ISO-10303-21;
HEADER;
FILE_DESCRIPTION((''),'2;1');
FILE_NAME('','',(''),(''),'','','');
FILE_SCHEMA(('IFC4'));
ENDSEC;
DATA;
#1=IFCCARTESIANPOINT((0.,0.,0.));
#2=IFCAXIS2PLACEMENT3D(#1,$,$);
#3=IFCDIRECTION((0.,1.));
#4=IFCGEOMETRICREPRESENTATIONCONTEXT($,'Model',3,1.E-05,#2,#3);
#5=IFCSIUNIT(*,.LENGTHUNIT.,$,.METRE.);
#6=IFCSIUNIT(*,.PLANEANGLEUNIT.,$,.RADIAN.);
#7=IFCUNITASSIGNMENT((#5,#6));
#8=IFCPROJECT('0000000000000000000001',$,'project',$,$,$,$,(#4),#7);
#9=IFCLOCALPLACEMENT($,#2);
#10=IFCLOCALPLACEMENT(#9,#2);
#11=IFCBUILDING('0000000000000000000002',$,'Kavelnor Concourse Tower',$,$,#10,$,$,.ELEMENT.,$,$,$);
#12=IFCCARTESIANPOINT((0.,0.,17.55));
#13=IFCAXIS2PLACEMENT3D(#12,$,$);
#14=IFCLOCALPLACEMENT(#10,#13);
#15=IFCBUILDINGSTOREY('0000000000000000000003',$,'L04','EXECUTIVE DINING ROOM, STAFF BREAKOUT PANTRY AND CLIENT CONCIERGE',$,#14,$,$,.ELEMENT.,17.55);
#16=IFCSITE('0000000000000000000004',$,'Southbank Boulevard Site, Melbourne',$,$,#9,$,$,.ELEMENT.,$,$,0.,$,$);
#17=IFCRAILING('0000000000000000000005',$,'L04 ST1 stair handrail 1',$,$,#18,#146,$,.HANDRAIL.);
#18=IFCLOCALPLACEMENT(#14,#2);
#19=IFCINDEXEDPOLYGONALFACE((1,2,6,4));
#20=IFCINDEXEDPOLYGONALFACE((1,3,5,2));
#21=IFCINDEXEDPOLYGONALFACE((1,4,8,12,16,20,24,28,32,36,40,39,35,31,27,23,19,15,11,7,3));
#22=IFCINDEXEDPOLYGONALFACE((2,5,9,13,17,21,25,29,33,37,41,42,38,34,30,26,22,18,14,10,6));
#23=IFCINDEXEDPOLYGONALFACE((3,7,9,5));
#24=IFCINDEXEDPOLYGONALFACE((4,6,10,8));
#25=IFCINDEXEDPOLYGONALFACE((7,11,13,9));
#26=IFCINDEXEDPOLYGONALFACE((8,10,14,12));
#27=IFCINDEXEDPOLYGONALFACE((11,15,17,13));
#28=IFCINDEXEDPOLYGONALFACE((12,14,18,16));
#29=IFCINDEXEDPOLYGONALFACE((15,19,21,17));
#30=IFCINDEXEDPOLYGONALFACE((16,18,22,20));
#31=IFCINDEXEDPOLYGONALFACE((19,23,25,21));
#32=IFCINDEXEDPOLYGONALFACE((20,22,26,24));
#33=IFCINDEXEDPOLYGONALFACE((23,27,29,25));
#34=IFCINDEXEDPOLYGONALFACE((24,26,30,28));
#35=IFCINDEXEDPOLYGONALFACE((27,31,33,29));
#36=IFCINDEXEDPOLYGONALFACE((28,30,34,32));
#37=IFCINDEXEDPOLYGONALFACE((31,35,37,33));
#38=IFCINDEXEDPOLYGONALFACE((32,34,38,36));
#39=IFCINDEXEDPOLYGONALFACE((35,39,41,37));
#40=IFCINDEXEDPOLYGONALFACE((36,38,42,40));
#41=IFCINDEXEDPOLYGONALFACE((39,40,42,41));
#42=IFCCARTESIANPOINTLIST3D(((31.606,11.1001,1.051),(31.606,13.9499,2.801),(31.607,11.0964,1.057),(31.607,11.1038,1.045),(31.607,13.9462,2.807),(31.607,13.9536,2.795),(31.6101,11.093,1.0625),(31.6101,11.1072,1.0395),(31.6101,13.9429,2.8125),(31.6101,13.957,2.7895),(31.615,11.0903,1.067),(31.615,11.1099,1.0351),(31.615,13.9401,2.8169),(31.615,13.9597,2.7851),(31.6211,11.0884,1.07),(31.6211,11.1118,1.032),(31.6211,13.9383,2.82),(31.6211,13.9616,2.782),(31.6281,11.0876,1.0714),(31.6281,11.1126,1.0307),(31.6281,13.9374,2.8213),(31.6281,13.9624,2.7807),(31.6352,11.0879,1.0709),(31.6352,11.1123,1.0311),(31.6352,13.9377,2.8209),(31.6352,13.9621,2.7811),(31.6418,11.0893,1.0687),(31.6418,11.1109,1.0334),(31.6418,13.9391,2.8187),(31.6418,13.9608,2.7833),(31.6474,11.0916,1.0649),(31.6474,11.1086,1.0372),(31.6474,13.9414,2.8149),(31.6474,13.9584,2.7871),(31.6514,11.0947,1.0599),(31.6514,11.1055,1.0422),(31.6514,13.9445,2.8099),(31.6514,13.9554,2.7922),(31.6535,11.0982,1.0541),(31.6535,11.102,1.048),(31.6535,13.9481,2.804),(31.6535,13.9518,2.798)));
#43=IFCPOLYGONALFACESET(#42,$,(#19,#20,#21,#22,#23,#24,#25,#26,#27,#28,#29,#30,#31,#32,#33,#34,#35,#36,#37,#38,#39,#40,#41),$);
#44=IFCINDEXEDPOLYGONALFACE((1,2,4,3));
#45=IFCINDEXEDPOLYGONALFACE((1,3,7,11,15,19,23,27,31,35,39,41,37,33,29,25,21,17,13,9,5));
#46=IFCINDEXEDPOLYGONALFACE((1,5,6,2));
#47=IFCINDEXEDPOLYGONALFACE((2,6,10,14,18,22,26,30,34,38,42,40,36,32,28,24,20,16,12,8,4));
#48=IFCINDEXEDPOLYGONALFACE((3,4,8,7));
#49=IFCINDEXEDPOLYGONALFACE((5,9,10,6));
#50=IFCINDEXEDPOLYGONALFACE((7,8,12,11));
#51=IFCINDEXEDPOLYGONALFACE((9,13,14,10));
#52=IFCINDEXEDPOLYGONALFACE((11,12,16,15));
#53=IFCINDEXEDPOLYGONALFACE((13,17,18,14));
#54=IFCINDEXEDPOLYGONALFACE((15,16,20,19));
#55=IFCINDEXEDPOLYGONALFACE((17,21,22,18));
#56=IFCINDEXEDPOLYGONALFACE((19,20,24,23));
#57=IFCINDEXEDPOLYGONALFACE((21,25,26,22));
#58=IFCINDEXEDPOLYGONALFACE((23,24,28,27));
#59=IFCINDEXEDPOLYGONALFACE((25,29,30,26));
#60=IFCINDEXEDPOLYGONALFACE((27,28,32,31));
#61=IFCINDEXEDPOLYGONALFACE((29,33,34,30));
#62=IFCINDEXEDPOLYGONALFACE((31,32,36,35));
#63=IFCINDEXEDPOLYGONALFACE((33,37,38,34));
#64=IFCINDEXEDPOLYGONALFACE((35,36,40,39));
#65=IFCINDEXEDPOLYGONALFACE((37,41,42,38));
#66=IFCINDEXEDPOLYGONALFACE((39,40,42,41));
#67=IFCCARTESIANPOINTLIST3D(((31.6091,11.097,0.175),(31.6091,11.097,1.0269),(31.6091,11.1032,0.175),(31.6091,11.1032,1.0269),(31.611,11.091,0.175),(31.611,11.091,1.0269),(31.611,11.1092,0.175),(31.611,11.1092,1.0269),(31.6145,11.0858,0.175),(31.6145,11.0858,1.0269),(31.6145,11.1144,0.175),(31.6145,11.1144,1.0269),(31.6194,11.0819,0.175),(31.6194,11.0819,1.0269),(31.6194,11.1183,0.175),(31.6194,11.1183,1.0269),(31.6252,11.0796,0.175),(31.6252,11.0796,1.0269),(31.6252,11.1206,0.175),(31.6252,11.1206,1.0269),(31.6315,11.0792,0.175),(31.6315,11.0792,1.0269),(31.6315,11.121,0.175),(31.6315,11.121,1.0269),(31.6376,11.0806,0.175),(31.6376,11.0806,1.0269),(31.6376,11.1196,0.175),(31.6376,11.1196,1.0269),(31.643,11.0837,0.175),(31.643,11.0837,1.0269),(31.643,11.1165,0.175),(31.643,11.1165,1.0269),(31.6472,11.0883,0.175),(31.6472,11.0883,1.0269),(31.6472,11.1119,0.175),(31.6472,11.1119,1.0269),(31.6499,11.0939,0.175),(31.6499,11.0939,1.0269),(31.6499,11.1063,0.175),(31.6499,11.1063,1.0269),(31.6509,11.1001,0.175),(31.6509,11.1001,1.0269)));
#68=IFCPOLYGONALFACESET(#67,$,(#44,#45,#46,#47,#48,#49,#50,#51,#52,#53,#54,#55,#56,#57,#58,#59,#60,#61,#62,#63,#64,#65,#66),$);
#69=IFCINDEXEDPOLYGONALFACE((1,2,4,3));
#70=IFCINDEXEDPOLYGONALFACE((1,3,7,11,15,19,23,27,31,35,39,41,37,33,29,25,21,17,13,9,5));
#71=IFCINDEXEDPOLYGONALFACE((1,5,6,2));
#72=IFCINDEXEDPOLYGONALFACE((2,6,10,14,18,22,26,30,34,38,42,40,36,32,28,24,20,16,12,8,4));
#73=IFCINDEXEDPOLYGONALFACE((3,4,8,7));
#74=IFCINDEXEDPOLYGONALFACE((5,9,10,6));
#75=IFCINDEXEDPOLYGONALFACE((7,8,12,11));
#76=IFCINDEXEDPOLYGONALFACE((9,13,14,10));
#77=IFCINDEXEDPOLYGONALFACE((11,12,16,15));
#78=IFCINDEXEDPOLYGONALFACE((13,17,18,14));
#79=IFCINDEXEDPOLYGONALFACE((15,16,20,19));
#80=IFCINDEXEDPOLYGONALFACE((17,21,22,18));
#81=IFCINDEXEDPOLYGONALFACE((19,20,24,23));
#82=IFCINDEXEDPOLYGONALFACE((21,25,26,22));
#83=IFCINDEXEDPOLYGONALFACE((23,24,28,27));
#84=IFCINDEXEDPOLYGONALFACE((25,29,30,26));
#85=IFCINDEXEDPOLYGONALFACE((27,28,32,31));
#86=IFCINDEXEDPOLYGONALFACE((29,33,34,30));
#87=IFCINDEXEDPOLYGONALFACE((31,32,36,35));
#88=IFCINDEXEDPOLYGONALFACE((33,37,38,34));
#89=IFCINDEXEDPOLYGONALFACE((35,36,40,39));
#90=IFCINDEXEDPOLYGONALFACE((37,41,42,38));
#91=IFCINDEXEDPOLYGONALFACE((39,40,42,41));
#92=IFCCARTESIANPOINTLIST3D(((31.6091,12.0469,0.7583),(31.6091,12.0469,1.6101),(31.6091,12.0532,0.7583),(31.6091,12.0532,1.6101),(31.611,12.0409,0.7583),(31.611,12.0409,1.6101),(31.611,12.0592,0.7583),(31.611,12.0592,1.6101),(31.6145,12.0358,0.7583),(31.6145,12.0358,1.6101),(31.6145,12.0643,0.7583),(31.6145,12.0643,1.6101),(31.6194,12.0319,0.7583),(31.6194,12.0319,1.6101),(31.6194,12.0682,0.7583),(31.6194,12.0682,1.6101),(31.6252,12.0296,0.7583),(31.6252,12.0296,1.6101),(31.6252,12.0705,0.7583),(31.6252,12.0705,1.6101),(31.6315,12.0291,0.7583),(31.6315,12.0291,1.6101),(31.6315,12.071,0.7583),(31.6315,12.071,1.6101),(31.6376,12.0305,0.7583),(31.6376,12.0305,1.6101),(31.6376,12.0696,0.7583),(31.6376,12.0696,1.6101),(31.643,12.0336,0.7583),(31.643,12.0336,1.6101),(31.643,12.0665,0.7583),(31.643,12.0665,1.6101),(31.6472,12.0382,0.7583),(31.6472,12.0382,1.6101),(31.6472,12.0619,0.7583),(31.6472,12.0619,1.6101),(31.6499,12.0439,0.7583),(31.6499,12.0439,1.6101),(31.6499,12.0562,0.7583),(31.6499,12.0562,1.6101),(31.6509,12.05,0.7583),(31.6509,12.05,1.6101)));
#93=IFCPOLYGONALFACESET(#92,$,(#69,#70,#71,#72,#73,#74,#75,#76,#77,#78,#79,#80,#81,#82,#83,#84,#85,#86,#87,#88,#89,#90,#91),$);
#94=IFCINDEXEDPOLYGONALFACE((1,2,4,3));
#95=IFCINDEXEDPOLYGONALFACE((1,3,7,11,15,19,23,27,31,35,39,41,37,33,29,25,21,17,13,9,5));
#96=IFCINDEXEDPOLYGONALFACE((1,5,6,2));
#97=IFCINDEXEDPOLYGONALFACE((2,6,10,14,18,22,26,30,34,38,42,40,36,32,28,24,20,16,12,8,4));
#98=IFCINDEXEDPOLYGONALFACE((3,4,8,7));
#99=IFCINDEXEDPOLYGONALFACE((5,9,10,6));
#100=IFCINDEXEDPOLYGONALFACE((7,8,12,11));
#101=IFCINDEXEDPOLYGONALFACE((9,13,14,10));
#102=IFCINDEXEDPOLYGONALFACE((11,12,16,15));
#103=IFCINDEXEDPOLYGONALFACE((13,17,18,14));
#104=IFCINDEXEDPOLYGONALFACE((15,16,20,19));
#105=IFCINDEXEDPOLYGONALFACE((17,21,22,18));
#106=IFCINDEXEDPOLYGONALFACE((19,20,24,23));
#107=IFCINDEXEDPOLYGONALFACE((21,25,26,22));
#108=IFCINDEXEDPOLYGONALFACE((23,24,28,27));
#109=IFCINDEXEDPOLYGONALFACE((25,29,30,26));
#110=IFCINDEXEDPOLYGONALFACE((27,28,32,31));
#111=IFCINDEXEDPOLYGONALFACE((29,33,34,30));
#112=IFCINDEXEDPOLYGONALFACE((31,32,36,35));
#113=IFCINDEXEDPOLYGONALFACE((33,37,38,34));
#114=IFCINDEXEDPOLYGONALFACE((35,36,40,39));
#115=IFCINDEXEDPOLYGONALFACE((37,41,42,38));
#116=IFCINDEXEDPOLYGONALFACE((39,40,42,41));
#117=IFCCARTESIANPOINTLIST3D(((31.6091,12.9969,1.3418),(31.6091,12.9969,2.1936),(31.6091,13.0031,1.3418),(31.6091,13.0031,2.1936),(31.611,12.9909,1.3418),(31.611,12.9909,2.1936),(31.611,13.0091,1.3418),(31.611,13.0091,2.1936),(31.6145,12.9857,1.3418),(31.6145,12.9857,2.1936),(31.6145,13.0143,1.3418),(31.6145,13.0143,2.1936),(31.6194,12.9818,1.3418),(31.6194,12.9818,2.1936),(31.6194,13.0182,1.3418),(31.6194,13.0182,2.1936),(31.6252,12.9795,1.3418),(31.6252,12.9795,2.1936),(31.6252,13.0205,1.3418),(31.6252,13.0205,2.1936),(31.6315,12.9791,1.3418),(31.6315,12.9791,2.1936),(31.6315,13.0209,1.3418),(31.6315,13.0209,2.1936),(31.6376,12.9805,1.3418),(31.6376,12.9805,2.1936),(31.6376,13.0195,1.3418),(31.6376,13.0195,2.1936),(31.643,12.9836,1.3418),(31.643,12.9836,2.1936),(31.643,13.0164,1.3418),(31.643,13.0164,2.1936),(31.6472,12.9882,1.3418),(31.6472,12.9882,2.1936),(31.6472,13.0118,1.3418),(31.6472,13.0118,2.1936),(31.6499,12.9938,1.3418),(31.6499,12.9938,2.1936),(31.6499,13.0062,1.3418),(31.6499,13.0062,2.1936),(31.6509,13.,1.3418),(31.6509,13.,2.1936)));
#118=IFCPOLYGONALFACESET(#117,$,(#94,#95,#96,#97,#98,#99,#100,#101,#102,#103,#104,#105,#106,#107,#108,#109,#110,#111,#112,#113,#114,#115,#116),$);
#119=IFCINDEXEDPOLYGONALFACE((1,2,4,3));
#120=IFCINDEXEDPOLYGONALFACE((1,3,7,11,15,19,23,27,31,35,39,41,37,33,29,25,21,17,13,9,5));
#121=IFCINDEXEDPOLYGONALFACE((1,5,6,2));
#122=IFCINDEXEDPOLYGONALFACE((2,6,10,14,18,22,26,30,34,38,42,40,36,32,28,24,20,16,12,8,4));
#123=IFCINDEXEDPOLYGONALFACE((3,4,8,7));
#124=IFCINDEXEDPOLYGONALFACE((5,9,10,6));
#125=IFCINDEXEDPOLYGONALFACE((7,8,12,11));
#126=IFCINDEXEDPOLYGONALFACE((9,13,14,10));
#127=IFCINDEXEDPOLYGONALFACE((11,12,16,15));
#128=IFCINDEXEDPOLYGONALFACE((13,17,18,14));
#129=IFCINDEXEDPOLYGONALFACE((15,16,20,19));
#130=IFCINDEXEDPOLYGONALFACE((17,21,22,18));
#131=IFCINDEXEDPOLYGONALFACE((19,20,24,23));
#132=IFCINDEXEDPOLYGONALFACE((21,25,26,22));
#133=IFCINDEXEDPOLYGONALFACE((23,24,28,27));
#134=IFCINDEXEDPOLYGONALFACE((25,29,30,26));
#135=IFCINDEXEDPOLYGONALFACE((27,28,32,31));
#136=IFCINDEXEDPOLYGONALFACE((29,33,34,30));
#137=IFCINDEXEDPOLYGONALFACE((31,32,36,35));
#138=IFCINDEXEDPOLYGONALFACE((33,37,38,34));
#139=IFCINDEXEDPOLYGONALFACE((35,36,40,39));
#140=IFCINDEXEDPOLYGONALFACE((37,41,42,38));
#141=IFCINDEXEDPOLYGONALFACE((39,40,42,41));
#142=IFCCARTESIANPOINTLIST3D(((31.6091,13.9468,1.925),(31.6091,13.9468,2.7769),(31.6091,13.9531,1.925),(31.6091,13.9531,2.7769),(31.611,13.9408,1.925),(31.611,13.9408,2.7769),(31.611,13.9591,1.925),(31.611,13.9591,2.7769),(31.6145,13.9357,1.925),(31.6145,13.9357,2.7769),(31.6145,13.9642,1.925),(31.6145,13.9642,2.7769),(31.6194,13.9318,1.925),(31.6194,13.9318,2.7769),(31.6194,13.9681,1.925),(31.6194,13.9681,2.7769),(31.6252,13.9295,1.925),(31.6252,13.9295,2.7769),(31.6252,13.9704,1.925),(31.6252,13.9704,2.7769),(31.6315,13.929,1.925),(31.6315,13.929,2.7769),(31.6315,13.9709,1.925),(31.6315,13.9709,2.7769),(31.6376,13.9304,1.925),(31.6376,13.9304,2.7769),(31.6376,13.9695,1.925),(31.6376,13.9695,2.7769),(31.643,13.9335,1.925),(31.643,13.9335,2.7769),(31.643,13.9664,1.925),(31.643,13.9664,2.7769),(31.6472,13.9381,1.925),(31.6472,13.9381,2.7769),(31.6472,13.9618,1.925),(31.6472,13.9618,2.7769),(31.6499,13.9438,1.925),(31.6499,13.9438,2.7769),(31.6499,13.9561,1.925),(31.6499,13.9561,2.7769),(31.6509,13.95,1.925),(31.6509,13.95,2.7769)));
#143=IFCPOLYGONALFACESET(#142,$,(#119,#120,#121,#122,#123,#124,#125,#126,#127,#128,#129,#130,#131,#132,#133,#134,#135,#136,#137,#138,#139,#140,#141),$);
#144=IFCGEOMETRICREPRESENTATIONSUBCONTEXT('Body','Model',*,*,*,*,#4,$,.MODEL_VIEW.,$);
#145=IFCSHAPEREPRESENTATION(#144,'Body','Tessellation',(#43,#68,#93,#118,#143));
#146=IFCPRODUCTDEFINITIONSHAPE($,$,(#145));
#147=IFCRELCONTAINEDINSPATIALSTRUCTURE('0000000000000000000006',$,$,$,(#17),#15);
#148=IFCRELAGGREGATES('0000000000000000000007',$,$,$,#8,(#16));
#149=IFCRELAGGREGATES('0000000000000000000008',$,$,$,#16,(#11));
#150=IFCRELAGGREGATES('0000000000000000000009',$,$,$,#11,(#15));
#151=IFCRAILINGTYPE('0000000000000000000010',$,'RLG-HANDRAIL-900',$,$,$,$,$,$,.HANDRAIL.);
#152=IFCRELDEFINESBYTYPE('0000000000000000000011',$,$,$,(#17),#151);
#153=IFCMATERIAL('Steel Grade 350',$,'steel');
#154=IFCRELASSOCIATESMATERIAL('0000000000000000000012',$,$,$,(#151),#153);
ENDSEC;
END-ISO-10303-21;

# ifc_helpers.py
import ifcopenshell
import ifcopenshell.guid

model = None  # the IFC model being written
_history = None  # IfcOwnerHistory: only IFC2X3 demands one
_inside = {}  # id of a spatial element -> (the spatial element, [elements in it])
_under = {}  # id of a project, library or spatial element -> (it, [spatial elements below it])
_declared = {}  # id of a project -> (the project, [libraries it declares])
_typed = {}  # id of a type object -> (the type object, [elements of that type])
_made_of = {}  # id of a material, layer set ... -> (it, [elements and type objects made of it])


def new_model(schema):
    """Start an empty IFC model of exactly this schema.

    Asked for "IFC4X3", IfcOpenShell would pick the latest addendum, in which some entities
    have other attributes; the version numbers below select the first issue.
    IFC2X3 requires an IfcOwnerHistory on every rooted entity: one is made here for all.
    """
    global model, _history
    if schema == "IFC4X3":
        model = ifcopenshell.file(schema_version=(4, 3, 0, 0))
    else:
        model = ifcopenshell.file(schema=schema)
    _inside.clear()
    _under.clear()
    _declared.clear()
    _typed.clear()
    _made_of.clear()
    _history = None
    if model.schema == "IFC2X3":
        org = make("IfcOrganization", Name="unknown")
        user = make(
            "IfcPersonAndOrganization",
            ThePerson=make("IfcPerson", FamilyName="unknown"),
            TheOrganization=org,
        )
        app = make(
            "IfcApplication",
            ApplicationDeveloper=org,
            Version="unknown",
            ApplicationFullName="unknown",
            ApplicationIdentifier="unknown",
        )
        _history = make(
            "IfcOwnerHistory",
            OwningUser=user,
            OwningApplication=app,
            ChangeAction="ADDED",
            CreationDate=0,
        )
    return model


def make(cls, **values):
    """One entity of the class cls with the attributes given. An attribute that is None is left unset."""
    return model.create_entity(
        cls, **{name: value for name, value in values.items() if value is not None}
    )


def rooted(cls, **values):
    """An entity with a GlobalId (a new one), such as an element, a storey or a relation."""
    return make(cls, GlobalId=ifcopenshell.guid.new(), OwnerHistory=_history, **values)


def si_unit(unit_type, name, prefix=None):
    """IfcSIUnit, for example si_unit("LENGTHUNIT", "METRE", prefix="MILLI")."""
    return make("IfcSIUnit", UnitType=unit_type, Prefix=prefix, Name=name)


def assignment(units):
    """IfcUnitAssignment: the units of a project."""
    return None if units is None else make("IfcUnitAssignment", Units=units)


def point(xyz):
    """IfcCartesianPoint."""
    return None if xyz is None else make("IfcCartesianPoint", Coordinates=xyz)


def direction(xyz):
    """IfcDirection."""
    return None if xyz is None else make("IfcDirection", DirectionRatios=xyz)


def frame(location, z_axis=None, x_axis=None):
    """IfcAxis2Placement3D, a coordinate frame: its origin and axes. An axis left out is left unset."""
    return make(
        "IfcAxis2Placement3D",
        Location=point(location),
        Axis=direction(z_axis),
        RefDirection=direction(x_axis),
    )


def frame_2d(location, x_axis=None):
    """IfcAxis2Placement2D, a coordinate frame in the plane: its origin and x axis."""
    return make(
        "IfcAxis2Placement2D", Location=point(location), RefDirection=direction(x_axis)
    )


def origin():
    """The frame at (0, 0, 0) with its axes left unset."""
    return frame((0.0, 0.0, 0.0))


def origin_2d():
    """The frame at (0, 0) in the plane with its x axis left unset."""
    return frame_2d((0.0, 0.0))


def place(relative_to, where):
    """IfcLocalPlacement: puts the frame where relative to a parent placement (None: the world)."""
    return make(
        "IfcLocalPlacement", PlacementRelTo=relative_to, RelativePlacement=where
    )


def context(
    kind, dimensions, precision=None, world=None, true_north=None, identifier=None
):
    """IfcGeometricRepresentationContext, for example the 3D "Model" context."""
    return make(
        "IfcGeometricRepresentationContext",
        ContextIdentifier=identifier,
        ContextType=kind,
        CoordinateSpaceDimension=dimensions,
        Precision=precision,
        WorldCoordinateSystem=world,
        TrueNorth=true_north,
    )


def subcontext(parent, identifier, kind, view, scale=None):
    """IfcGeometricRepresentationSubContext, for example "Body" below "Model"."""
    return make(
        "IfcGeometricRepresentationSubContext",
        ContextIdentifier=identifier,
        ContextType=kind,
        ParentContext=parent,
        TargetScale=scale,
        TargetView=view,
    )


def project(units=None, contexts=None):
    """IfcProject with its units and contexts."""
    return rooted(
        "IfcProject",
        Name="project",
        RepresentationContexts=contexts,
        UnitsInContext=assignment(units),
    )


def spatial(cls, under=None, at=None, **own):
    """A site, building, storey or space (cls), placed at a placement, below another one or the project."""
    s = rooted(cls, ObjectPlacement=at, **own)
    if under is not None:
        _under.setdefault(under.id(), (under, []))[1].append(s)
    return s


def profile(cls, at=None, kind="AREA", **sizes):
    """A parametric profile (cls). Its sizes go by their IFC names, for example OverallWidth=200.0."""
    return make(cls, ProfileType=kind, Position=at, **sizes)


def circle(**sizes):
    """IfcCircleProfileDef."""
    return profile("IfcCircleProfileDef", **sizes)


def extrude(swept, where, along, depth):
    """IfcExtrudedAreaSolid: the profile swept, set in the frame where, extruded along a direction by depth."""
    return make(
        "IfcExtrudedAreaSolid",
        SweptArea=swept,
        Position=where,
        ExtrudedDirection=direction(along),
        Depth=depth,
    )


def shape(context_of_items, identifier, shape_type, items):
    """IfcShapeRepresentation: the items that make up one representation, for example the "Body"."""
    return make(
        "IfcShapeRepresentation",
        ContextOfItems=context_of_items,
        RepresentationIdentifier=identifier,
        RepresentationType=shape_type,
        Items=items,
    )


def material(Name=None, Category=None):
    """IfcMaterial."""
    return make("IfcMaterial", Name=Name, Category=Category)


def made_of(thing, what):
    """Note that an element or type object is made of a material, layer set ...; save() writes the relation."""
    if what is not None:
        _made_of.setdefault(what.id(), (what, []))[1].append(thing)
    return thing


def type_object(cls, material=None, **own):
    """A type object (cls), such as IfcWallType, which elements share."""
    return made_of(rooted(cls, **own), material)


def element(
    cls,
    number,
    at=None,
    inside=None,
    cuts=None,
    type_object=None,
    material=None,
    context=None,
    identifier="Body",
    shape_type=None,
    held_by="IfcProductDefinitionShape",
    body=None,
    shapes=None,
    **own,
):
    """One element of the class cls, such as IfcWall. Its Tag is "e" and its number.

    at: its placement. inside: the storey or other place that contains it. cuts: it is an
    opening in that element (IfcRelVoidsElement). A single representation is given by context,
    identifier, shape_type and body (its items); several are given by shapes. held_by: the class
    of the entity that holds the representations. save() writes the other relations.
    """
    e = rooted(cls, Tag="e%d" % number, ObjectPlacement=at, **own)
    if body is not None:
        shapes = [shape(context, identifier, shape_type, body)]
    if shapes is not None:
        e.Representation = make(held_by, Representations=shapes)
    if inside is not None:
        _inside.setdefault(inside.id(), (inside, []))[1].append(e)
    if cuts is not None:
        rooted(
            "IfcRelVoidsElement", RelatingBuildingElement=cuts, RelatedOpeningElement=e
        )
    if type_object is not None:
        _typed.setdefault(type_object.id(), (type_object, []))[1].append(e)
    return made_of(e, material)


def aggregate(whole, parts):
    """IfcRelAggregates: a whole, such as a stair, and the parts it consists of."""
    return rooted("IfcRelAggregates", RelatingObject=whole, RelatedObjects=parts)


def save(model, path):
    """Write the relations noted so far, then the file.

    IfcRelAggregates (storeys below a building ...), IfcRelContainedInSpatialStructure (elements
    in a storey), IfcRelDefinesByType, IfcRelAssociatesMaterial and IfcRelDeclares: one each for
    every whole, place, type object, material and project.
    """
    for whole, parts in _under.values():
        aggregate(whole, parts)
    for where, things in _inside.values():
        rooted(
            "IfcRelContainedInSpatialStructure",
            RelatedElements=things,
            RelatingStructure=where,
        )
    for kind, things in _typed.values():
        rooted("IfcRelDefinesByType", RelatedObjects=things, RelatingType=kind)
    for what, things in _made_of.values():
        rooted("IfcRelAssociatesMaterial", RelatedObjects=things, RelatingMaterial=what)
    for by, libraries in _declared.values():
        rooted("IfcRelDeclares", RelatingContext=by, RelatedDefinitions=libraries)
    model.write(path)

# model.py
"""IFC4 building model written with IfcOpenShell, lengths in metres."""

from ifc_helpers import new_model, si_unit, direction, frame, origin, origin_2d, place, context, subcontext, project, spatial, circle, extrude, material, type_object, element, save


model = new_model("IFC4")

# Units and contexts
model_context = context("Model", 3, precision=1e-05, world=origin(), true_north=direction((0.0, 1.0)))
body_context = subcontext(model_context, "Body", "Model", "MODEL_VIEW")
ifc_project = project(units=[si_unit("LENGTHUNIT", "METRE"), si_unit("PLANEANGLEUNIT", "RADIAN")], contexts=[model_context])

# Site, building, storey
site_placement = place(None, origin())
site = spatial("IfcSite", under=ifc_project, at=site_placement, Name="Southbank Boulevard Site, Melbourne", CompositionType="ELEMENT", RefElevation=0.0)
building_placement = place(site_placement, origin())
building = spatial("IfcBuilding", under=site, at=building_placement, Name="Kavelnor Concourse Tower", CompositionType="ELEMENT")
storey_placement = place(building_placement, frame((0.0, 0.0, 17.55)))
storey = spatial("IfcBuildingStorey", under=building, at=storey_placement, Name="L04", Description="EXECUTIVE DINING ROOM, STAFF BREAKOUT PANTRY AND CLIENT CONCIERGE", CompositionType="ELEMENT", Elevation=17.55)

# Shared definitions
ifc_material_1 = material(Name="Steel Grade 350", Category="steel")

# Railing
railing_type_1 = type_object("IfcRailingType", Name="RLG-HANDRAIL-900", PredefinedType="HANDRAIL", material=ifc_material_1)
railing_1_placement = place(storey_placement, frame((31.6299, 11.1001, 0.175)))
element("IfcRailing", 1, at=railing_1_placement, inside=storey, type_object=railing_type_1, Name="L04 ST1 stair handrail 1", PredefinedType="HANDRAIL", context=body_context, shape_type="SweptSolid", body=[
    extrude(circle(Radius=0.0239, at=origin_2d()), frame((0.0, 0.0, 0.876), z_axis=(0.0, 0.852159, 0.523283), x_axis=(-1.0, 0.0, 0.0)), (0.0, 0.0, 1.0), 3.3442),
    extrude(circle(Radius=0.021, at=origin_2d()), origin(), (0.0, 0.0, 1.0), 0.8518),
    extrude(circle(Radius=0.021, at=origin_2d()), frame((0.0, 0.95, 0.5833)), (0.0, 0.0, 1.0), 0.8518),
    extrude(circle(Radius=0.021, at=origin_2d()), frame((0.0, 1.8999, 1.1667)), (0.0, 0.0, 1.0), 0.8518),
    extrude(circle(Radius=0.021, at=origin_2d()), frame((0.0, 2.8499, 1.75)), (0.0, 0.0, 1.0), 0.8518),
])

save(model, "model.ifc")
